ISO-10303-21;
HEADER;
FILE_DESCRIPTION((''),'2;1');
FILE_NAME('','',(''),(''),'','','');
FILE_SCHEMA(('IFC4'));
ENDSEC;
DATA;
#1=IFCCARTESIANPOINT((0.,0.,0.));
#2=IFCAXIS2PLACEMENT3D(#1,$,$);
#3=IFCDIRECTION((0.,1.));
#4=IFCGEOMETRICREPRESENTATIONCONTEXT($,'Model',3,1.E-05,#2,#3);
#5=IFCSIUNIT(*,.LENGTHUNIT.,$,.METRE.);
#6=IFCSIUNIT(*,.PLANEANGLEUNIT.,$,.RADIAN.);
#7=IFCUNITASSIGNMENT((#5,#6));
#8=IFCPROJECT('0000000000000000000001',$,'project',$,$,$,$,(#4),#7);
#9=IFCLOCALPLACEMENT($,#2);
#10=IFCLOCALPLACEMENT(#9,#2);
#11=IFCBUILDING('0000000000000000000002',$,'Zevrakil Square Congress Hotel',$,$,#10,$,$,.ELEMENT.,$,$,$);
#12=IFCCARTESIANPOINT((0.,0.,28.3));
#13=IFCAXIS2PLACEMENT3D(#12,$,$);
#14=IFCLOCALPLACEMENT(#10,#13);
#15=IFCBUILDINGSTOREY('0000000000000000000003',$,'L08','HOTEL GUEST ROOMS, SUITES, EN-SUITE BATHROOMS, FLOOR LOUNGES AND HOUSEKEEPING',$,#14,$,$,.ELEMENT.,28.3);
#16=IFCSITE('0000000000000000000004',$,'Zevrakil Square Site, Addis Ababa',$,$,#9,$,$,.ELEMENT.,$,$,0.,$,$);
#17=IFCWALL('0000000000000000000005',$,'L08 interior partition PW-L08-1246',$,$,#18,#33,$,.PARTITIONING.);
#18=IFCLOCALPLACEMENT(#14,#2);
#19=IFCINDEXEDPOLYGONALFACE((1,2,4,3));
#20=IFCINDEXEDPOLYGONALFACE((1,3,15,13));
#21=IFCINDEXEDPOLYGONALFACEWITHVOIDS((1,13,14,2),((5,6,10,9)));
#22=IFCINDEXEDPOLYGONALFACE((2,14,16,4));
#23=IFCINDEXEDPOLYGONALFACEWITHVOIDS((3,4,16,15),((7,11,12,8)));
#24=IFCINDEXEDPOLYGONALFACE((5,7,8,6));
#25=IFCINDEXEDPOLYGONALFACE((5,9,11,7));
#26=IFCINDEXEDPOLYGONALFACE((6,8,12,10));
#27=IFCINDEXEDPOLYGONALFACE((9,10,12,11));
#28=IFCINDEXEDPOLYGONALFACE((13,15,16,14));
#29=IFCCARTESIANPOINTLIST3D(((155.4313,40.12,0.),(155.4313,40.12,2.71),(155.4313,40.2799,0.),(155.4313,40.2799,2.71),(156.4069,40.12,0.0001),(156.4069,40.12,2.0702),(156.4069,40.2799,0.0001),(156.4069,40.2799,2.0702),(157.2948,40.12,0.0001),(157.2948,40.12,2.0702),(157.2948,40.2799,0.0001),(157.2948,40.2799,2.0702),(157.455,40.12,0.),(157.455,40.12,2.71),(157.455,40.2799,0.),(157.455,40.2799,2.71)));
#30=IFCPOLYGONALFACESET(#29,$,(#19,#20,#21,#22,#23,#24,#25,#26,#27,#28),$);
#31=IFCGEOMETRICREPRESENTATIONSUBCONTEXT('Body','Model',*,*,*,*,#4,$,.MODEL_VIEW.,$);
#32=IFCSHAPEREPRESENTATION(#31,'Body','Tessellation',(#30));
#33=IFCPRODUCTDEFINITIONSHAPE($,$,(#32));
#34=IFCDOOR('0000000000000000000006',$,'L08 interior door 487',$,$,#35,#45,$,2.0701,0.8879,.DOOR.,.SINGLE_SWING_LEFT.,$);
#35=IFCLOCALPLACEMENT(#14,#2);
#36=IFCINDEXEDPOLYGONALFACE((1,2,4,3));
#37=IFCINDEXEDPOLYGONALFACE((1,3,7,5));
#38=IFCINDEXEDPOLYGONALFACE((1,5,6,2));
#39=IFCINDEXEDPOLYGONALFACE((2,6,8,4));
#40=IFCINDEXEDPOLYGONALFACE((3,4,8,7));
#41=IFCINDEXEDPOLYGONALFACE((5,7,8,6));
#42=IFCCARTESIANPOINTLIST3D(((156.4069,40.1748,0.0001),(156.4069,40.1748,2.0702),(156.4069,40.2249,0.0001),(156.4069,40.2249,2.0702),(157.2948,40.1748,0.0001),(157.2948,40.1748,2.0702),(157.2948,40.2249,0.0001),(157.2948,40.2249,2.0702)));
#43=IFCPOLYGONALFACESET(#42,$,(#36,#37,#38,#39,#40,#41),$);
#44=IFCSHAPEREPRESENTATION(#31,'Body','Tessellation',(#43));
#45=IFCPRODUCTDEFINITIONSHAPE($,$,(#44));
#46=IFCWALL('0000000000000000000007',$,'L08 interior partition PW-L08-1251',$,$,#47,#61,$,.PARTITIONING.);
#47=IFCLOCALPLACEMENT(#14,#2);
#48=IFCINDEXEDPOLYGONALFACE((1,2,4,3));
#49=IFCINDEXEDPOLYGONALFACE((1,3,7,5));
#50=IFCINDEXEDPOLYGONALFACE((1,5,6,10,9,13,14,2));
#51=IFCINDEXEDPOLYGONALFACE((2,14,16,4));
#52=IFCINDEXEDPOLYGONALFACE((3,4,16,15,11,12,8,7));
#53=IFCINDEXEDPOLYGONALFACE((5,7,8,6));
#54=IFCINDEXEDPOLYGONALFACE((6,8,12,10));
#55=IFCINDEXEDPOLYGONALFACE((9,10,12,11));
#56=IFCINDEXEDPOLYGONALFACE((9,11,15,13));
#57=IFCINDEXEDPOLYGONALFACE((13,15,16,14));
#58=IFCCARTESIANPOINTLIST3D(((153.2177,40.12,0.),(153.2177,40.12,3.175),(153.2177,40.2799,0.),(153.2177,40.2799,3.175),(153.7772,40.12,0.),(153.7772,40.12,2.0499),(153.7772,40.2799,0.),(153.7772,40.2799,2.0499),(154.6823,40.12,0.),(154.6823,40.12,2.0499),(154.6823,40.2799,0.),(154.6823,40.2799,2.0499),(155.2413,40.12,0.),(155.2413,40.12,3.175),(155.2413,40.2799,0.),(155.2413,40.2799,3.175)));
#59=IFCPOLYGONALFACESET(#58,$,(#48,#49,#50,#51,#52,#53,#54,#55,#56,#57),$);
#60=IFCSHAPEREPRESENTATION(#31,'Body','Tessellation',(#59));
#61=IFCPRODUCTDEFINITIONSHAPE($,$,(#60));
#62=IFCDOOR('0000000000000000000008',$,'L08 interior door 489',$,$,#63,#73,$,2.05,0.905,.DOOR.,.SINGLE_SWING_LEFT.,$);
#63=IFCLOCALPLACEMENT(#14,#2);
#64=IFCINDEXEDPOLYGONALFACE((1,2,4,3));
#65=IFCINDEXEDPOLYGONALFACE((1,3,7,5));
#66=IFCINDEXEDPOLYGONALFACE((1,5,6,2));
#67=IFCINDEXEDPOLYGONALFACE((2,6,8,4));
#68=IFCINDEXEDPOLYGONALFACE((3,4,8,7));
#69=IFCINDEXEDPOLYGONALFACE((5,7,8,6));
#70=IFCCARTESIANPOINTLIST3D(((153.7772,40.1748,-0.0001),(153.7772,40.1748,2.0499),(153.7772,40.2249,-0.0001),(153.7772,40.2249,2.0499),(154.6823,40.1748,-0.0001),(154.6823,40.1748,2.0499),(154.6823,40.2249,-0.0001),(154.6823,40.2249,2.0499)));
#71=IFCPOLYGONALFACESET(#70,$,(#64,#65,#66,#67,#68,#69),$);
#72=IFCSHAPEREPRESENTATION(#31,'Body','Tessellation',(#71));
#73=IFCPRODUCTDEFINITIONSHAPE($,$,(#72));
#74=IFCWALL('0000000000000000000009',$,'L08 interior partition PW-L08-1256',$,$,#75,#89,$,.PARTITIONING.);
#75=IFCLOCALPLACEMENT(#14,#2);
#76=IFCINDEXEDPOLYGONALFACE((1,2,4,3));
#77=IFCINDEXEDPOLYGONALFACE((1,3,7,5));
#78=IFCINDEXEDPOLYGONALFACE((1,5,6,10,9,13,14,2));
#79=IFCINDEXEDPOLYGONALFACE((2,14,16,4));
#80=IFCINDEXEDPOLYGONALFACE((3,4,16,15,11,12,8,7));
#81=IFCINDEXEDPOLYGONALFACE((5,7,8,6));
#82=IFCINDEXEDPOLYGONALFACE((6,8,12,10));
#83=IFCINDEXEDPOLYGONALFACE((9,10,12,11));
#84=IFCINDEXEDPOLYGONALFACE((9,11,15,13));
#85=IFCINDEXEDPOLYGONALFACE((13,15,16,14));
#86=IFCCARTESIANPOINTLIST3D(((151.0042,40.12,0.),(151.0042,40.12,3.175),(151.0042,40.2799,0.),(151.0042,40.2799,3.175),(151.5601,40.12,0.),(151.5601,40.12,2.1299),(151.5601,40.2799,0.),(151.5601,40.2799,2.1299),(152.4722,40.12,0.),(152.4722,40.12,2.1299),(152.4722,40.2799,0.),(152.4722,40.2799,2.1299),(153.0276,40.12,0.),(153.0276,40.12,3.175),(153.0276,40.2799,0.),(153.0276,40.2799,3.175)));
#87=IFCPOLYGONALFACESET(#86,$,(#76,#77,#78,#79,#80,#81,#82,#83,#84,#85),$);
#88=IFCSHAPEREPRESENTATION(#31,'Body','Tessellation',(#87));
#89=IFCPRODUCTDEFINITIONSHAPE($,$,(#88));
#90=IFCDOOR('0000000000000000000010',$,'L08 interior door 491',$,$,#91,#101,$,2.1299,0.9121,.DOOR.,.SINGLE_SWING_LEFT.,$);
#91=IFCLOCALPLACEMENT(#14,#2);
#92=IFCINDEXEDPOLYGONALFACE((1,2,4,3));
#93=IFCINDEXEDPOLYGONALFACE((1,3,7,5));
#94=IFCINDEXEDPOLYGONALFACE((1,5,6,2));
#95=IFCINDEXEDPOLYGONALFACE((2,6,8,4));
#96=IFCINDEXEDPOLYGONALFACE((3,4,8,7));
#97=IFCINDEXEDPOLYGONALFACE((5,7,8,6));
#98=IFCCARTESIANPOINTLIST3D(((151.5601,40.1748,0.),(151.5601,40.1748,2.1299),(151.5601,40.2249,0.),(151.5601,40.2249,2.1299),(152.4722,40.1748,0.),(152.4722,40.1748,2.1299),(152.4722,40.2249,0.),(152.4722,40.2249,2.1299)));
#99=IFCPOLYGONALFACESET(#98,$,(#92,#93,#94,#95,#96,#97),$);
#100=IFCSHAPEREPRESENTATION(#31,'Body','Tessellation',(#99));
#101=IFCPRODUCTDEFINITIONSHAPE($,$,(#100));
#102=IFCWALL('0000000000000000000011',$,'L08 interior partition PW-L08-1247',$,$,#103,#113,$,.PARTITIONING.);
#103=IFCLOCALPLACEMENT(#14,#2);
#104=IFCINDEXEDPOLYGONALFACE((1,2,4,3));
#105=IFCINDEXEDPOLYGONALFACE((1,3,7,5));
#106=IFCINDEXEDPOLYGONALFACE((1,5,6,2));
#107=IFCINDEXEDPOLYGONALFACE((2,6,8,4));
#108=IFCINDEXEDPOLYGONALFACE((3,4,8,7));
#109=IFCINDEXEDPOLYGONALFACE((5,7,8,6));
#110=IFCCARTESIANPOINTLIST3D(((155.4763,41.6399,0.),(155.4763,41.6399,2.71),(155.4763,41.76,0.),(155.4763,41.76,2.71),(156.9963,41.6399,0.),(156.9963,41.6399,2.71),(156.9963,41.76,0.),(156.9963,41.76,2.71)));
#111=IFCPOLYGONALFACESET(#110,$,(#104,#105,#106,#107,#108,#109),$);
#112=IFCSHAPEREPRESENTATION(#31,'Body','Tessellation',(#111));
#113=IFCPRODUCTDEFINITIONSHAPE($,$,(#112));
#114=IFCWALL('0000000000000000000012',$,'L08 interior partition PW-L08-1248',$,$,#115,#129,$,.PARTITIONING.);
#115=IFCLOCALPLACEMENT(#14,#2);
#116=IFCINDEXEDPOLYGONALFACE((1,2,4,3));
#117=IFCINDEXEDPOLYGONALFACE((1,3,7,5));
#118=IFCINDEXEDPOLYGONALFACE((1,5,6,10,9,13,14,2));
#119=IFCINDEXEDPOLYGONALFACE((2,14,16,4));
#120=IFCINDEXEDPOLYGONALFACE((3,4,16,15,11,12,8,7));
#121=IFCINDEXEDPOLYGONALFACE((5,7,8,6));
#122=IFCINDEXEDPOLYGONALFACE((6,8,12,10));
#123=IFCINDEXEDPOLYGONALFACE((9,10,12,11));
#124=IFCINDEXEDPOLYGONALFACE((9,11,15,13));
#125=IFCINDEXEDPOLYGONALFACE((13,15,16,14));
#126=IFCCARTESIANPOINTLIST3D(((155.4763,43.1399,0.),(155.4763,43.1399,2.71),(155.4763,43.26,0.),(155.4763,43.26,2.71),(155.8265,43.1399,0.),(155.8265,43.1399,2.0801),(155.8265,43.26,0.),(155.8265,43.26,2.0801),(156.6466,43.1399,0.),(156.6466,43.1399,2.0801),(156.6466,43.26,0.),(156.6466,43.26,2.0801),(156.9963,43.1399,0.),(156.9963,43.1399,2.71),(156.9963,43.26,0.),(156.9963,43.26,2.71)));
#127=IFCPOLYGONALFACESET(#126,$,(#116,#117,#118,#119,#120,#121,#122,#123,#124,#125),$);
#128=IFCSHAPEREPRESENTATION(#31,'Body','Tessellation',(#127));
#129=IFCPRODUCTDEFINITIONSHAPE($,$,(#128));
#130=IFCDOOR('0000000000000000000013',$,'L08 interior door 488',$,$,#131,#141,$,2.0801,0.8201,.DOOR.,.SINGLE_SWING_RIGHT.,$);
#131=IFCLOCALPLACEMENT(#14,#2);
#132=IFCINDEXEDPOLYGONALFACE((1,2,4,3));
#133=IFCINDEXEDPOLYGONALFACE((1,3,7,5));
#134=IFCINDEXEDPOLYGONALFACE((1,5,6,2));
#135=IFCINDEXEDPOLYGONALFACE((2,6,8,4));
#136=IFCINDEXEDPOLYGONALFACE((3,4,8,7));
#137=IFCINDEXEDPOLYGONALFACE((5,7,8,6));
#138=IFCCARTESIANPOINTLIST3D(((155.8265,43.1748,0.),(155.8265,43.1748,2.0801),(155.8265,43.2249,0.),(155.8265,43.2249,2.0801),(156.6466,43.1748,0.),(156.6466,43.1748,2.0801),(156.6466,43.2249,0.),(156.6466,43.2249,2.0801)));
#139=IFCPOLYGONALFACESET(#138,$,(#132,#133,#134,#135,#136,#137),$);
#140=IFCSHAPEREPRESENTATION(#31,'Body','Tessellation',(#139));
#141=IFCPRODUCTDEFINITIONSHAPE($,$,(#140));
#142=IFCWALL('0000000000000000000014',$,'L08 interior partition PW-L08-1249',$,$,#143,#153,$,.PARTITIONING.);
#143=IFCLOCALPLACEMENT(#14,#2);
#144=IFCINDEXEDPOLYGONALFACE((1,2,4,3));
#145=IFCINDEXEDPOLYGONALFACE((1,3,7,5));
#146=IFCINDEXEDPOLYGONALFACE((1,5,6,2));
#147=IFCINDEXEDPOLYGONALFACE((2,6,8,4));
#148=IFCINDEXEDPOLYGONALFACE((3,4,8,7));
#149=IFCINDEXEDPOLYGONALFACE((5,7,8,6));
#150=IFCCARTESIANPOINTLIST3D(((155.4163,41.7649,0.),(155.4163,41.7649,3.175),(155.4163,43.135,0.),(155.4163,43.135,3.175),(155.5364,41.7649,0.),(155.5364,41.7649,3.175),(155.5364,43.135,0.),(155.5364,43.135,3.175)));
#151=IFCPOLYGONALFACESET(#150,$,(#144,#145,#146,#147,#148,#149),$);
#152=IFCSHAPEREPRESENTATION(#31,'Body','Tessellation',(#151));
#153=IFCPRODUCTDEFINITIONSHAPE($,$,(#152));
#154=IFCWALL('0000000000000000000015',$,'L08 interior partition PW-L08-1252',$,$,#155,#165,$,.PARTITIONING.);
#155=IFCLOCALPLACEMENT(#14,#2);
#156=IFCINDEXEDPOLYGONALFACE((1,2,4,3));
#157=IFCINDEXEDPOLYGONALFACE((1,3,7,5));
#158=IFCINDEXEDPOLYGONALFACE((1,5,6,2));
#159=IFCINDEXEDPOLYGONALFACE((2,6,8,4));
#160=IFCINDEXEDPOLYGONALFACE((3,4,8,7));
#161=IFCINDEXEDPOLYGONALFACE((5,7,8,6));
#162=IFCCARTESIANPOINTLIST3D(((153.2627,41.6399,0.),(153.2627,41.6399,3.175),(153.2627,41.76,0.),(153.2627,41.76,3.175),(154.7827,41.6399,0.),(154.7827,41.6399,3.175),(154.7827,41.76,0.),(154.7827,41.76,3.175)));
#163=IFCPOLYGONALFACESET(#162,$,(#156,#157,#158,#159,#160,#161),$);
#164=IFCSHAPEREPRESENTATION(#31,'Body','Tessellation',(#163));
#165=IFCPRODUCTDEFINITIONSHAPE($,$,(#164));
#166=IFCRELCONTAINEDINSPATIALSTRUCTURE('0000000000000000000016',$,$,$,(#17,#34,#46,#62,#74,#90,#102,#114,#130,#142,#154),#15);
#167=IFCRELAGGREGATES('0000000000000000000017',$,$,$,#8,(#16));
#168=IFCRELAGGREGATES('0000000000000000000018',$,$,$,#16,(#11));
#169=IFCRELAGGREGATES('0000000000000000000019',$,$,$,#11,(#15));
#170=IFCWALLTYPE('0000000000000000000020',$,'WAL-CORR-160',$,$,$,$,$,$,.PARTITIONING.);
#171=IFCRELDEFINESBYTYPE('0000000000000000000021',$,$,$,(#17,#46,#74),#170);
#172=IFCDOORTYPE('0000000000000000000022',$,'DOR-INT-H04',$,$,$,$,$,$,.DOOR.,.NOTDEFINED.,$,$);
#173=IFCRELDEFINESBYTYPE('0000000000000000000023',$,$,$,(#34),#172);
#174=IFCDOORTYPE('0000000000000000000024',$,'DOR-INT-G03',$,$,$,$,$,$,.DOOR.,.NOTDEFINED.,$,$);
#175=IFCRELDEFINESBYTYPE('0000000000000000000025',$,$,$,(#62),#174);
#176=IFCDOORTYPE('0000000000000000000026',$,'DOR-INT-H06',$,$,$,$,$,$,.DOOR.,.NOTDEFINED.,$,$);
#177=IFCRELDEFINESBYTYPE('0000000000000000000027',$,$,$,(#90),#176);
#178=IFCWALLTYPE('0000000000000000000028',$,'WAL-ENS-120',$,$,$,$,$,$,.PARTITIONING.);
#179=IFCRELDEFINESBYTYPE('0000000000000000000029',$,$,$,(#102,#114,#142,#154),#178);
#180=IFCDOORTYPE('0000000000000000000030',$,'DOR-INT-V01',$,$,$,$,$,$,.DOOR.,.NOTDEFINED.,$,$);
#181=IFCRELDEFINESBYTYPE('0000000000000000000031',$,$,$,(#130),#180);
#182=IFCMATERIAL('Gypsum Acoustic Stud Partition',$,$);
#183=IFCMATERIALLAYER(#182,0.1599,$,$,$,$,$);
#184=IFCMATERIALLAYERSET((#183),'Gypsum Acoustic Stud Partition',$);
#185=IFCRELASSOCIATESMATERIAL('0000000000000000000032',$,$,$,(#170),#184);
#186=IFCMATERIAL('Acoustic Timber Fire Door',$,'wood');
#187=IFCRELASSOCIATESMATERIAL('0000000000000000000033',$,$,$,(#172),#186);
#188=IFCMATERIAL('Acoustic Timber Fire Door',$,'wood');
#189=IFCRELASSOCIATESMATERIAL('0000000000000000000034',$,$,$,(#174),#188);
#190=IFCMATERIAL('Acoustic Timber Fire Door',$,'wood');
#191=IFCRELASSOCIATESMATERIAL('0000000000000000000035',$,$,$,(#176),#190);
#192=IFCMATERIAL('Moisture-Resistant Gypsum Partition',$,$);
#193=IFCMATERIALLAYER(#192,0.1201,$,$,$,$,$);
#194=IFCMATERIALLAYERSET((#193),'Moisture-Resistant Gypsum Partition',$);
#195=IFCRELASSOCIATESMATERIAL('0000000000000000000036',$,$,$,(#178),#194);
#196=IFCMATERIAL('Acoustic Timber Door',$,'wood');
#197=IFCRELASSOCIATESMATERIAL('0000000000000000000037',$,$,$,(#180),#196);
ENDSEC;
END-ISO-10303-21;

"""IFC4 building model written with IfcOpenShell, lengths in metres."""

from ifc_helpers import new_model, si_unit, direction, frame, frame_2d, origin, place, context, subcontext, project, spatial, rectangle, extrude, material, layer, layer_set, type_object, element, fill, save


model = new_model("IFC4")

# Units and contexts
model_context = context("Model", 3, precision=1e-05, world=origin(), true_north=direction((0.0, 1.0)))
body_context = subcontext(model_context, "Body", "Model", "MODEL_VIEW")
ifc_project = project(units=[si_unit("LENGTHUNIT", "METRE"), si_unit("PLANEANGLEUNIT", "RADIAN")], contexts=[model_context])

# Site, building, storey
site_placement = place(None, origin())
site = spatial("IfcSite", under=ifc_project, at=site_placement, Name="Zevrakil Square Site, Addis Ababa", CompositionType="ELEMENT", RefElevation=0.0)
building_placement = place(site_placement, origin())
building = spatial("IfcBuilding", under=site, at=building_placement, Name="Zevrakil Square Congress Hotel", CompositionType="ELEMENT")
storey_placement = place(building_placement, frame((0.0, 0.0, 28.3)))
storey = spatial("IfcBuildingStorey", under=building, at=storey_placement, Name="L08", Description="HOTEL GUEST ROOMS, SUITES, EN-SUITE BATHROOMS, FLOOR LOUNGES AND HOUSEKEEPING", CompositionType="ELEMENT", Elevation=28.3)

# Walls, openings, doors
ifc_material_1 = material(Name="Gypsum Acoustic Stud Partition")
ifc_layer_1 = layer(ifc_material_1, 0.1599)
ifc_layer_set_1 = layer_set([ifc_layer_1], Name="Gypsum Acoustic Stud Partition")
wall_type_1 = type_object("IfcWallType", Name="WAL-CORR-160", PredefinedType="PARTITIONING", material=ifc_layer_set_1)
wall_1_placement = place(storey_placement, frame((155.4314, 40.2, 0.0), z_axis=(0.0, 0.0, 1.0), x_axis=(1.0, 0.0, 0.0)))
wall_1 = element("IfcWall", 1, at=wall_1_placement, inside=storey, type_object=wall_type_1, Name="L08 interior partition PW-L08-1246", PredefinedType="PARTITIONING", context=body_context, shape_type="SweptSolid", body=[
    extrude(rectangle(XDim=2.0237, YDim=0.1599, at=frame_2d((1.0117, 0.0))), origin(), (0.0, 0.0, 1.0), 2.71),
])
opening_1_placement = place(wall_1_placement, frame((0.9756, 0.0, 0.0)))
opening_1 = element("IfcOpeningElement", 2, at=opening_1_placement, cuts=wall_1, PredefinedType="OPENING", context=body_context, shape_type="SweptSolid", body=[
    extrude(rectangle(XDim=0.8879, YDim=2.0701, at=frame_2d((0.4438, 1.0352))), frame((0.0, 0.0898, 0.0), z_axis=(0.0, -1.0, 0.0), x_axis=(1.0, 0.0, 0.0)), (0.0, 0.0, 1.0), 0.1799),
])
ifc_material_2 = material(Name="Acoustic Timber Fire Door", Category="wood")
door_type_1 = type_object("IfcDoorType", Name="DOR-INT-H04", OperationType="NOTDEFINED", PredefinedType="DOOR", material=ifc_material_2)
door_1_placement = place(opening_1_placement, origin())
door_1 = element("IfcDoor", 3, at=door_1_placement, inside=storey, type_object=door_type_1, Name="L08 interior door 487", OperationType="SINGLE_SWING_LEFT", OverallHeight=2.0701, OverallWidth=0.8879, PredefinedType="DOOR", context=body_context, shape_type="SweptSolid", body=[
    extrude(rectangle(XDim=0.8879, YDim=2.0701, at=frame_2d((0.4438, 1.0352))), frame((0.0, 0.0249, 0.0), z_axis=(0.0, -1.0, 0.0), x_axis=(1.0, 0.0, 0.0)), (0.0, 0.0, 1.0), 0.05),
])
fill(opening_1, door_1)
wall_2_placement = place(storey_placement, frame((153.2178, 40.2, 0.0), z_axis=(0.0, 0.0, 1.0), x_axis=(1.0, 0.0, 0.0)))
wall_2 = element("IfcWall", 4, at=wall_2_placement, inside=storey, type_object=wall_type_1, Name="L08 interior partition PW-L08-1251", PredefinedType="PARTITIONING", context=body_context, shape_type="SweptSolid", body=[
    extrude(rectangle(XDim=2.0237, YDim=0.1599, at=frame_2d((1.0117, 0.0))), origin(), (0.0, 0.0, 1.0), 3.175),
])
opening_2_placement = place(wall_2_placement, frame((0.5593, 0.0, 0.0)))
opening_2 = element("IfcOpeningElement", 5, at=opening_2_placement, cuts=wall_2, PredefinedType="OPENING", context=body_context, shape_type="SweptSolid", body=[
    extrude(rectangle(XDim=0.905, YDim=2.05, at=frame_2d((0.4526, 1.0249))), frame((0.0, 0.0898, 0.0), z_axis=(0.0, -1.0, 0.0), x_axis=(1.0, 0.0, 0.0)), (0.0, 0.0, 1.0), 0.1799),
])
ifc_material_3 = material(Name="Acoustic Timber Fire Door", Category="wood")
door_type_2 = type_object("IfcDoorType", Name="DOR-INT-G03", OperationType="NOTDEFINED", PredefinedType="DOOR", material=ifc_material_3)
door_2_placement = place(opening_2_placement, origin())
door_2 = element("IfcDoor", 6, at=door_2_placement, inside=storey, type_object=door_type_2, Name="L08 interior door 489", OperationType="SINGLE_SWING_LEFT", OverallHeight=2.05, OverallWidth=0.905, PredefinedType="DOOR", context=body_context, shape_type="SweptSolid", body=[
    extrude(rectangle(XDim=0.905, YDim=2.05, at=frame_2d((0.4526, 1.0249))), frame((0.0, 0.0249, 0.0), z_axis=(0.0, -1.0, 0.0), x_axis=(1.0, 0.0, 0.0)), (0.0, 0.0, 1.0), 0.05),
])
fill(opening_2, door_2)
wall_3_placement = place(storey_placement, frame((151.0042, 40.2, 0.0), z_axis=(0.0, 0.0, 1.0), x_axis=(1.0, 0.0, 0.0)))
wall_3 = element("IfcWall", 7, at=wall_3_placement, inside=storey, type_object=wall_type_1, Name="L08 interior partition PW-L08-1256", PredefinedType="PARTITIONING", context=body_context, shape_type="SweptSolid", body=[
    extrude(rectangle(XDim=2.0234, YDim=0.1599, at=frame_2d((1.0117, 0.0))), origin(), (0.0, 0.0, 1.0), 3.175),
])
opening_3_placement = place(wall_3_placement, frame((0.5559, 0.0, 0.0)))
opening_3 = element("IfcOpeningElement", 8, at=opening_3_placement, cuts=wall_3, PredefinedType="OPENING", context=body_context, shape_type="SweptSolid", body=[
    extrude(rectangle(XDim=0.9121, YDim=2.1299, at=frame_2d((0.4561, 1.0649))), frame((0.0, 0.0898, 0.0), z_axis=(0.0, -1.0, 0.0), x_axis=(1.0, 0.0, 0.0)), (0.0, 0.0, 1.0), 0.1799),
])
ifc_material_4 = material(Name="Acoustic Timber Fire Door", Category="wood")
door_type_3 = type_object("IfcDoorType", Name="DOR-INT-H06", OperationType="NOTDEFINED", PredefinedType="DOOR", material=ifc_material_4)
door_3_placement = place(opening_3_placement, origin())
door_3 = element("IfcDoor", 9, at=door_3_placement, inside=storey, type_object=door_type_3, Name="L08 interior door 491", OperationType="SINGLE_SWING_LEFT", OverallHeight=2.1299, OverallWidth=0.9121, PredefinedType="DOOR", context=body_context, shape_type="SweptSolid", body=[
    extrude(rectangle(XDim=0.9121, YDim=2.1299, at=frame_2d((0.4561, 1.0649))), frame((0.0, 0.0249, 0.0), z_axis=(0.0, -1.0, 0.0), x_axis=(1.0, 0.0, 0.0)), (0.0, 0.0, 1.0), 0.05),
])
fill(opening_3, door_3)

# Wall
ifc_material_5 = material(Name="Moisture-Resistant Gypsum Partition")
ifc_layer_2 = layer(ifc_material_5, 0.1201)
ifc_layer_set_2 = layer_set([ifc_layer_2], Name="Moisture-Resistant Gypsum Partition")
wall_type_2 = type_object("IfcWallType", Name="WAL-ENS-120", PredefinedType="PARTITIONING", material=ifc_layer_set_2)
wall_4_placement = place(storey_placement, frame((155.4763, 41.7, 0.0), z_axis=(0.0, 0.0, 1.0), x_axis=(1.0, 0.0, 0.0)))
element("IfcWall", 10, at=wall_4_placement, inside=storey, type_object=wall_type_2, Name="L08 interior partition PW-L08-1247", PredefinedType="PARTITIONING", context=body_context, shape_type="SweptSolid", body=[
    extrude(rectangle(XDim=1.52, YDim=0.1201, at=frame_2d((0.76, 0.0))), origin(), (0.0, 0.0, 1.0), 2.71),
])

# Wall, opening, door
wall_5_placement = place(storey_placement, frame((155.4763, 43.2, 0.0), z_axis=(0.0, 0.0, 1.0), x_axis=(1.0, 0.0, 0.0)))
wall_5 = element("IfcWall", 11, at=wall_5_placement, inside=storey, type_object=wall_type_2, Name="L08 interior partition PW-L08-1248", PredefinedType="PARTITIONING", context=body_context, shape_type="SweptSolid", body=[
    extrude(rectangle(XDim=1.52, YDim=0.1201, at=frame_2d((0.76, 0.0))), origin(), (0.0, 0.0, 1.0), 2.71),
])
opening_4_placement = place(wall_5_placement, frame((0.3501, 0.0, 0.0)))
opening_4 = element("IfcOpeningElement", 12, at=opening_4_placement, cuts=wall_5, PredefinedType="OPENING", context=body_context, shape_type="SweptSolid", body=[
    extrude(rectangle(XDim=0.8201, YDim=2.0801, at=frame_2d((0.4102, 1.04))), frame((0.0, 0.0701, 0.0), z_axis=(0.0, -1.0, 0.0), x_axis=(1.0, 0.0, 0.0)), (0.0, 0.0, 1.0), 0.1401),
])
ifc_material_6 = material(Name="Acoustic Timber Door", Category="wood")
door_type_4 = type_object("IfcDoorType", Name="DOR-INT-V01", OperationType="NOTDEFINED", PredefinedType="DOOR", material=ifc_material_6)
door_4_placement = place(opening_4_placement, origin())
door_4 = element("IfcDoor", 13, at=door_4_placement, inside=storey, type_object=door_type_4, Name="L08 interior door 488", OperationType="SINGLE_SWING_RIGHT", OverallHeight=2.0801, OverallWidth=0.8201, PredefinedType="DOOR", context=body_context, shape_type="SweptSolid", body=[
    extrude(rectangle(XDim=0.8201, YDim=2.0801, at=frame_2d((0.4102, 1.04))), frame((0.0, 0.0249, 0.0), z_axis=(0.0, -1.0, 0.0), x_axis=(1.0, 0.0, 0.0)), (0.0, 0.0, 1.0), 0.05),
])
fill(opening_4, door_4)

# Walls
wall_6_placement = place(storey_placement, frame((155.4763, 41.7649, 0.0), z_axis=(0.0, 0.0, 1.0), x_axis=(0.0, 1.0, 0.0)))
element("IfcWall", 14, at=wall_6_placement, inside=storey, type_object=wall_type_2, Name="L08 interior partition PW-L08-1249", PredefinedType="PARTITIONING", context=body_context, shape_type="SweptSolid", body=[
    extrude(rectangle(XDim=1.3701, YDim=0.1201, at=frame_2d((0.6851, 0.0))), origin(), (0.0, 0.0, 1.0), 3.175),
])
wall_7_placement = place(storey_placement, frame((153.2627, 41.7, 0.0), z_axis=(0.0, 0.0, 1.0), x_axis=(1.0, 0.0, 0.0)))
element("IfcWall", 15, at=wall_7_placement, inside=storey, type_object=wall_type_2, Name="L08 interior partition PW-L08-1252", PredefinedType="PARTITIONING", context=body_context, shape_type="SweptSolid", body=[
    extrude(rectangle(XDim=1.52, YDim=0.1201, at=frame_2d((0.76, 0.0))), origin(), (0.0, 0.0, 1.0), 3.175),
])

save(model, "model.ifc")
